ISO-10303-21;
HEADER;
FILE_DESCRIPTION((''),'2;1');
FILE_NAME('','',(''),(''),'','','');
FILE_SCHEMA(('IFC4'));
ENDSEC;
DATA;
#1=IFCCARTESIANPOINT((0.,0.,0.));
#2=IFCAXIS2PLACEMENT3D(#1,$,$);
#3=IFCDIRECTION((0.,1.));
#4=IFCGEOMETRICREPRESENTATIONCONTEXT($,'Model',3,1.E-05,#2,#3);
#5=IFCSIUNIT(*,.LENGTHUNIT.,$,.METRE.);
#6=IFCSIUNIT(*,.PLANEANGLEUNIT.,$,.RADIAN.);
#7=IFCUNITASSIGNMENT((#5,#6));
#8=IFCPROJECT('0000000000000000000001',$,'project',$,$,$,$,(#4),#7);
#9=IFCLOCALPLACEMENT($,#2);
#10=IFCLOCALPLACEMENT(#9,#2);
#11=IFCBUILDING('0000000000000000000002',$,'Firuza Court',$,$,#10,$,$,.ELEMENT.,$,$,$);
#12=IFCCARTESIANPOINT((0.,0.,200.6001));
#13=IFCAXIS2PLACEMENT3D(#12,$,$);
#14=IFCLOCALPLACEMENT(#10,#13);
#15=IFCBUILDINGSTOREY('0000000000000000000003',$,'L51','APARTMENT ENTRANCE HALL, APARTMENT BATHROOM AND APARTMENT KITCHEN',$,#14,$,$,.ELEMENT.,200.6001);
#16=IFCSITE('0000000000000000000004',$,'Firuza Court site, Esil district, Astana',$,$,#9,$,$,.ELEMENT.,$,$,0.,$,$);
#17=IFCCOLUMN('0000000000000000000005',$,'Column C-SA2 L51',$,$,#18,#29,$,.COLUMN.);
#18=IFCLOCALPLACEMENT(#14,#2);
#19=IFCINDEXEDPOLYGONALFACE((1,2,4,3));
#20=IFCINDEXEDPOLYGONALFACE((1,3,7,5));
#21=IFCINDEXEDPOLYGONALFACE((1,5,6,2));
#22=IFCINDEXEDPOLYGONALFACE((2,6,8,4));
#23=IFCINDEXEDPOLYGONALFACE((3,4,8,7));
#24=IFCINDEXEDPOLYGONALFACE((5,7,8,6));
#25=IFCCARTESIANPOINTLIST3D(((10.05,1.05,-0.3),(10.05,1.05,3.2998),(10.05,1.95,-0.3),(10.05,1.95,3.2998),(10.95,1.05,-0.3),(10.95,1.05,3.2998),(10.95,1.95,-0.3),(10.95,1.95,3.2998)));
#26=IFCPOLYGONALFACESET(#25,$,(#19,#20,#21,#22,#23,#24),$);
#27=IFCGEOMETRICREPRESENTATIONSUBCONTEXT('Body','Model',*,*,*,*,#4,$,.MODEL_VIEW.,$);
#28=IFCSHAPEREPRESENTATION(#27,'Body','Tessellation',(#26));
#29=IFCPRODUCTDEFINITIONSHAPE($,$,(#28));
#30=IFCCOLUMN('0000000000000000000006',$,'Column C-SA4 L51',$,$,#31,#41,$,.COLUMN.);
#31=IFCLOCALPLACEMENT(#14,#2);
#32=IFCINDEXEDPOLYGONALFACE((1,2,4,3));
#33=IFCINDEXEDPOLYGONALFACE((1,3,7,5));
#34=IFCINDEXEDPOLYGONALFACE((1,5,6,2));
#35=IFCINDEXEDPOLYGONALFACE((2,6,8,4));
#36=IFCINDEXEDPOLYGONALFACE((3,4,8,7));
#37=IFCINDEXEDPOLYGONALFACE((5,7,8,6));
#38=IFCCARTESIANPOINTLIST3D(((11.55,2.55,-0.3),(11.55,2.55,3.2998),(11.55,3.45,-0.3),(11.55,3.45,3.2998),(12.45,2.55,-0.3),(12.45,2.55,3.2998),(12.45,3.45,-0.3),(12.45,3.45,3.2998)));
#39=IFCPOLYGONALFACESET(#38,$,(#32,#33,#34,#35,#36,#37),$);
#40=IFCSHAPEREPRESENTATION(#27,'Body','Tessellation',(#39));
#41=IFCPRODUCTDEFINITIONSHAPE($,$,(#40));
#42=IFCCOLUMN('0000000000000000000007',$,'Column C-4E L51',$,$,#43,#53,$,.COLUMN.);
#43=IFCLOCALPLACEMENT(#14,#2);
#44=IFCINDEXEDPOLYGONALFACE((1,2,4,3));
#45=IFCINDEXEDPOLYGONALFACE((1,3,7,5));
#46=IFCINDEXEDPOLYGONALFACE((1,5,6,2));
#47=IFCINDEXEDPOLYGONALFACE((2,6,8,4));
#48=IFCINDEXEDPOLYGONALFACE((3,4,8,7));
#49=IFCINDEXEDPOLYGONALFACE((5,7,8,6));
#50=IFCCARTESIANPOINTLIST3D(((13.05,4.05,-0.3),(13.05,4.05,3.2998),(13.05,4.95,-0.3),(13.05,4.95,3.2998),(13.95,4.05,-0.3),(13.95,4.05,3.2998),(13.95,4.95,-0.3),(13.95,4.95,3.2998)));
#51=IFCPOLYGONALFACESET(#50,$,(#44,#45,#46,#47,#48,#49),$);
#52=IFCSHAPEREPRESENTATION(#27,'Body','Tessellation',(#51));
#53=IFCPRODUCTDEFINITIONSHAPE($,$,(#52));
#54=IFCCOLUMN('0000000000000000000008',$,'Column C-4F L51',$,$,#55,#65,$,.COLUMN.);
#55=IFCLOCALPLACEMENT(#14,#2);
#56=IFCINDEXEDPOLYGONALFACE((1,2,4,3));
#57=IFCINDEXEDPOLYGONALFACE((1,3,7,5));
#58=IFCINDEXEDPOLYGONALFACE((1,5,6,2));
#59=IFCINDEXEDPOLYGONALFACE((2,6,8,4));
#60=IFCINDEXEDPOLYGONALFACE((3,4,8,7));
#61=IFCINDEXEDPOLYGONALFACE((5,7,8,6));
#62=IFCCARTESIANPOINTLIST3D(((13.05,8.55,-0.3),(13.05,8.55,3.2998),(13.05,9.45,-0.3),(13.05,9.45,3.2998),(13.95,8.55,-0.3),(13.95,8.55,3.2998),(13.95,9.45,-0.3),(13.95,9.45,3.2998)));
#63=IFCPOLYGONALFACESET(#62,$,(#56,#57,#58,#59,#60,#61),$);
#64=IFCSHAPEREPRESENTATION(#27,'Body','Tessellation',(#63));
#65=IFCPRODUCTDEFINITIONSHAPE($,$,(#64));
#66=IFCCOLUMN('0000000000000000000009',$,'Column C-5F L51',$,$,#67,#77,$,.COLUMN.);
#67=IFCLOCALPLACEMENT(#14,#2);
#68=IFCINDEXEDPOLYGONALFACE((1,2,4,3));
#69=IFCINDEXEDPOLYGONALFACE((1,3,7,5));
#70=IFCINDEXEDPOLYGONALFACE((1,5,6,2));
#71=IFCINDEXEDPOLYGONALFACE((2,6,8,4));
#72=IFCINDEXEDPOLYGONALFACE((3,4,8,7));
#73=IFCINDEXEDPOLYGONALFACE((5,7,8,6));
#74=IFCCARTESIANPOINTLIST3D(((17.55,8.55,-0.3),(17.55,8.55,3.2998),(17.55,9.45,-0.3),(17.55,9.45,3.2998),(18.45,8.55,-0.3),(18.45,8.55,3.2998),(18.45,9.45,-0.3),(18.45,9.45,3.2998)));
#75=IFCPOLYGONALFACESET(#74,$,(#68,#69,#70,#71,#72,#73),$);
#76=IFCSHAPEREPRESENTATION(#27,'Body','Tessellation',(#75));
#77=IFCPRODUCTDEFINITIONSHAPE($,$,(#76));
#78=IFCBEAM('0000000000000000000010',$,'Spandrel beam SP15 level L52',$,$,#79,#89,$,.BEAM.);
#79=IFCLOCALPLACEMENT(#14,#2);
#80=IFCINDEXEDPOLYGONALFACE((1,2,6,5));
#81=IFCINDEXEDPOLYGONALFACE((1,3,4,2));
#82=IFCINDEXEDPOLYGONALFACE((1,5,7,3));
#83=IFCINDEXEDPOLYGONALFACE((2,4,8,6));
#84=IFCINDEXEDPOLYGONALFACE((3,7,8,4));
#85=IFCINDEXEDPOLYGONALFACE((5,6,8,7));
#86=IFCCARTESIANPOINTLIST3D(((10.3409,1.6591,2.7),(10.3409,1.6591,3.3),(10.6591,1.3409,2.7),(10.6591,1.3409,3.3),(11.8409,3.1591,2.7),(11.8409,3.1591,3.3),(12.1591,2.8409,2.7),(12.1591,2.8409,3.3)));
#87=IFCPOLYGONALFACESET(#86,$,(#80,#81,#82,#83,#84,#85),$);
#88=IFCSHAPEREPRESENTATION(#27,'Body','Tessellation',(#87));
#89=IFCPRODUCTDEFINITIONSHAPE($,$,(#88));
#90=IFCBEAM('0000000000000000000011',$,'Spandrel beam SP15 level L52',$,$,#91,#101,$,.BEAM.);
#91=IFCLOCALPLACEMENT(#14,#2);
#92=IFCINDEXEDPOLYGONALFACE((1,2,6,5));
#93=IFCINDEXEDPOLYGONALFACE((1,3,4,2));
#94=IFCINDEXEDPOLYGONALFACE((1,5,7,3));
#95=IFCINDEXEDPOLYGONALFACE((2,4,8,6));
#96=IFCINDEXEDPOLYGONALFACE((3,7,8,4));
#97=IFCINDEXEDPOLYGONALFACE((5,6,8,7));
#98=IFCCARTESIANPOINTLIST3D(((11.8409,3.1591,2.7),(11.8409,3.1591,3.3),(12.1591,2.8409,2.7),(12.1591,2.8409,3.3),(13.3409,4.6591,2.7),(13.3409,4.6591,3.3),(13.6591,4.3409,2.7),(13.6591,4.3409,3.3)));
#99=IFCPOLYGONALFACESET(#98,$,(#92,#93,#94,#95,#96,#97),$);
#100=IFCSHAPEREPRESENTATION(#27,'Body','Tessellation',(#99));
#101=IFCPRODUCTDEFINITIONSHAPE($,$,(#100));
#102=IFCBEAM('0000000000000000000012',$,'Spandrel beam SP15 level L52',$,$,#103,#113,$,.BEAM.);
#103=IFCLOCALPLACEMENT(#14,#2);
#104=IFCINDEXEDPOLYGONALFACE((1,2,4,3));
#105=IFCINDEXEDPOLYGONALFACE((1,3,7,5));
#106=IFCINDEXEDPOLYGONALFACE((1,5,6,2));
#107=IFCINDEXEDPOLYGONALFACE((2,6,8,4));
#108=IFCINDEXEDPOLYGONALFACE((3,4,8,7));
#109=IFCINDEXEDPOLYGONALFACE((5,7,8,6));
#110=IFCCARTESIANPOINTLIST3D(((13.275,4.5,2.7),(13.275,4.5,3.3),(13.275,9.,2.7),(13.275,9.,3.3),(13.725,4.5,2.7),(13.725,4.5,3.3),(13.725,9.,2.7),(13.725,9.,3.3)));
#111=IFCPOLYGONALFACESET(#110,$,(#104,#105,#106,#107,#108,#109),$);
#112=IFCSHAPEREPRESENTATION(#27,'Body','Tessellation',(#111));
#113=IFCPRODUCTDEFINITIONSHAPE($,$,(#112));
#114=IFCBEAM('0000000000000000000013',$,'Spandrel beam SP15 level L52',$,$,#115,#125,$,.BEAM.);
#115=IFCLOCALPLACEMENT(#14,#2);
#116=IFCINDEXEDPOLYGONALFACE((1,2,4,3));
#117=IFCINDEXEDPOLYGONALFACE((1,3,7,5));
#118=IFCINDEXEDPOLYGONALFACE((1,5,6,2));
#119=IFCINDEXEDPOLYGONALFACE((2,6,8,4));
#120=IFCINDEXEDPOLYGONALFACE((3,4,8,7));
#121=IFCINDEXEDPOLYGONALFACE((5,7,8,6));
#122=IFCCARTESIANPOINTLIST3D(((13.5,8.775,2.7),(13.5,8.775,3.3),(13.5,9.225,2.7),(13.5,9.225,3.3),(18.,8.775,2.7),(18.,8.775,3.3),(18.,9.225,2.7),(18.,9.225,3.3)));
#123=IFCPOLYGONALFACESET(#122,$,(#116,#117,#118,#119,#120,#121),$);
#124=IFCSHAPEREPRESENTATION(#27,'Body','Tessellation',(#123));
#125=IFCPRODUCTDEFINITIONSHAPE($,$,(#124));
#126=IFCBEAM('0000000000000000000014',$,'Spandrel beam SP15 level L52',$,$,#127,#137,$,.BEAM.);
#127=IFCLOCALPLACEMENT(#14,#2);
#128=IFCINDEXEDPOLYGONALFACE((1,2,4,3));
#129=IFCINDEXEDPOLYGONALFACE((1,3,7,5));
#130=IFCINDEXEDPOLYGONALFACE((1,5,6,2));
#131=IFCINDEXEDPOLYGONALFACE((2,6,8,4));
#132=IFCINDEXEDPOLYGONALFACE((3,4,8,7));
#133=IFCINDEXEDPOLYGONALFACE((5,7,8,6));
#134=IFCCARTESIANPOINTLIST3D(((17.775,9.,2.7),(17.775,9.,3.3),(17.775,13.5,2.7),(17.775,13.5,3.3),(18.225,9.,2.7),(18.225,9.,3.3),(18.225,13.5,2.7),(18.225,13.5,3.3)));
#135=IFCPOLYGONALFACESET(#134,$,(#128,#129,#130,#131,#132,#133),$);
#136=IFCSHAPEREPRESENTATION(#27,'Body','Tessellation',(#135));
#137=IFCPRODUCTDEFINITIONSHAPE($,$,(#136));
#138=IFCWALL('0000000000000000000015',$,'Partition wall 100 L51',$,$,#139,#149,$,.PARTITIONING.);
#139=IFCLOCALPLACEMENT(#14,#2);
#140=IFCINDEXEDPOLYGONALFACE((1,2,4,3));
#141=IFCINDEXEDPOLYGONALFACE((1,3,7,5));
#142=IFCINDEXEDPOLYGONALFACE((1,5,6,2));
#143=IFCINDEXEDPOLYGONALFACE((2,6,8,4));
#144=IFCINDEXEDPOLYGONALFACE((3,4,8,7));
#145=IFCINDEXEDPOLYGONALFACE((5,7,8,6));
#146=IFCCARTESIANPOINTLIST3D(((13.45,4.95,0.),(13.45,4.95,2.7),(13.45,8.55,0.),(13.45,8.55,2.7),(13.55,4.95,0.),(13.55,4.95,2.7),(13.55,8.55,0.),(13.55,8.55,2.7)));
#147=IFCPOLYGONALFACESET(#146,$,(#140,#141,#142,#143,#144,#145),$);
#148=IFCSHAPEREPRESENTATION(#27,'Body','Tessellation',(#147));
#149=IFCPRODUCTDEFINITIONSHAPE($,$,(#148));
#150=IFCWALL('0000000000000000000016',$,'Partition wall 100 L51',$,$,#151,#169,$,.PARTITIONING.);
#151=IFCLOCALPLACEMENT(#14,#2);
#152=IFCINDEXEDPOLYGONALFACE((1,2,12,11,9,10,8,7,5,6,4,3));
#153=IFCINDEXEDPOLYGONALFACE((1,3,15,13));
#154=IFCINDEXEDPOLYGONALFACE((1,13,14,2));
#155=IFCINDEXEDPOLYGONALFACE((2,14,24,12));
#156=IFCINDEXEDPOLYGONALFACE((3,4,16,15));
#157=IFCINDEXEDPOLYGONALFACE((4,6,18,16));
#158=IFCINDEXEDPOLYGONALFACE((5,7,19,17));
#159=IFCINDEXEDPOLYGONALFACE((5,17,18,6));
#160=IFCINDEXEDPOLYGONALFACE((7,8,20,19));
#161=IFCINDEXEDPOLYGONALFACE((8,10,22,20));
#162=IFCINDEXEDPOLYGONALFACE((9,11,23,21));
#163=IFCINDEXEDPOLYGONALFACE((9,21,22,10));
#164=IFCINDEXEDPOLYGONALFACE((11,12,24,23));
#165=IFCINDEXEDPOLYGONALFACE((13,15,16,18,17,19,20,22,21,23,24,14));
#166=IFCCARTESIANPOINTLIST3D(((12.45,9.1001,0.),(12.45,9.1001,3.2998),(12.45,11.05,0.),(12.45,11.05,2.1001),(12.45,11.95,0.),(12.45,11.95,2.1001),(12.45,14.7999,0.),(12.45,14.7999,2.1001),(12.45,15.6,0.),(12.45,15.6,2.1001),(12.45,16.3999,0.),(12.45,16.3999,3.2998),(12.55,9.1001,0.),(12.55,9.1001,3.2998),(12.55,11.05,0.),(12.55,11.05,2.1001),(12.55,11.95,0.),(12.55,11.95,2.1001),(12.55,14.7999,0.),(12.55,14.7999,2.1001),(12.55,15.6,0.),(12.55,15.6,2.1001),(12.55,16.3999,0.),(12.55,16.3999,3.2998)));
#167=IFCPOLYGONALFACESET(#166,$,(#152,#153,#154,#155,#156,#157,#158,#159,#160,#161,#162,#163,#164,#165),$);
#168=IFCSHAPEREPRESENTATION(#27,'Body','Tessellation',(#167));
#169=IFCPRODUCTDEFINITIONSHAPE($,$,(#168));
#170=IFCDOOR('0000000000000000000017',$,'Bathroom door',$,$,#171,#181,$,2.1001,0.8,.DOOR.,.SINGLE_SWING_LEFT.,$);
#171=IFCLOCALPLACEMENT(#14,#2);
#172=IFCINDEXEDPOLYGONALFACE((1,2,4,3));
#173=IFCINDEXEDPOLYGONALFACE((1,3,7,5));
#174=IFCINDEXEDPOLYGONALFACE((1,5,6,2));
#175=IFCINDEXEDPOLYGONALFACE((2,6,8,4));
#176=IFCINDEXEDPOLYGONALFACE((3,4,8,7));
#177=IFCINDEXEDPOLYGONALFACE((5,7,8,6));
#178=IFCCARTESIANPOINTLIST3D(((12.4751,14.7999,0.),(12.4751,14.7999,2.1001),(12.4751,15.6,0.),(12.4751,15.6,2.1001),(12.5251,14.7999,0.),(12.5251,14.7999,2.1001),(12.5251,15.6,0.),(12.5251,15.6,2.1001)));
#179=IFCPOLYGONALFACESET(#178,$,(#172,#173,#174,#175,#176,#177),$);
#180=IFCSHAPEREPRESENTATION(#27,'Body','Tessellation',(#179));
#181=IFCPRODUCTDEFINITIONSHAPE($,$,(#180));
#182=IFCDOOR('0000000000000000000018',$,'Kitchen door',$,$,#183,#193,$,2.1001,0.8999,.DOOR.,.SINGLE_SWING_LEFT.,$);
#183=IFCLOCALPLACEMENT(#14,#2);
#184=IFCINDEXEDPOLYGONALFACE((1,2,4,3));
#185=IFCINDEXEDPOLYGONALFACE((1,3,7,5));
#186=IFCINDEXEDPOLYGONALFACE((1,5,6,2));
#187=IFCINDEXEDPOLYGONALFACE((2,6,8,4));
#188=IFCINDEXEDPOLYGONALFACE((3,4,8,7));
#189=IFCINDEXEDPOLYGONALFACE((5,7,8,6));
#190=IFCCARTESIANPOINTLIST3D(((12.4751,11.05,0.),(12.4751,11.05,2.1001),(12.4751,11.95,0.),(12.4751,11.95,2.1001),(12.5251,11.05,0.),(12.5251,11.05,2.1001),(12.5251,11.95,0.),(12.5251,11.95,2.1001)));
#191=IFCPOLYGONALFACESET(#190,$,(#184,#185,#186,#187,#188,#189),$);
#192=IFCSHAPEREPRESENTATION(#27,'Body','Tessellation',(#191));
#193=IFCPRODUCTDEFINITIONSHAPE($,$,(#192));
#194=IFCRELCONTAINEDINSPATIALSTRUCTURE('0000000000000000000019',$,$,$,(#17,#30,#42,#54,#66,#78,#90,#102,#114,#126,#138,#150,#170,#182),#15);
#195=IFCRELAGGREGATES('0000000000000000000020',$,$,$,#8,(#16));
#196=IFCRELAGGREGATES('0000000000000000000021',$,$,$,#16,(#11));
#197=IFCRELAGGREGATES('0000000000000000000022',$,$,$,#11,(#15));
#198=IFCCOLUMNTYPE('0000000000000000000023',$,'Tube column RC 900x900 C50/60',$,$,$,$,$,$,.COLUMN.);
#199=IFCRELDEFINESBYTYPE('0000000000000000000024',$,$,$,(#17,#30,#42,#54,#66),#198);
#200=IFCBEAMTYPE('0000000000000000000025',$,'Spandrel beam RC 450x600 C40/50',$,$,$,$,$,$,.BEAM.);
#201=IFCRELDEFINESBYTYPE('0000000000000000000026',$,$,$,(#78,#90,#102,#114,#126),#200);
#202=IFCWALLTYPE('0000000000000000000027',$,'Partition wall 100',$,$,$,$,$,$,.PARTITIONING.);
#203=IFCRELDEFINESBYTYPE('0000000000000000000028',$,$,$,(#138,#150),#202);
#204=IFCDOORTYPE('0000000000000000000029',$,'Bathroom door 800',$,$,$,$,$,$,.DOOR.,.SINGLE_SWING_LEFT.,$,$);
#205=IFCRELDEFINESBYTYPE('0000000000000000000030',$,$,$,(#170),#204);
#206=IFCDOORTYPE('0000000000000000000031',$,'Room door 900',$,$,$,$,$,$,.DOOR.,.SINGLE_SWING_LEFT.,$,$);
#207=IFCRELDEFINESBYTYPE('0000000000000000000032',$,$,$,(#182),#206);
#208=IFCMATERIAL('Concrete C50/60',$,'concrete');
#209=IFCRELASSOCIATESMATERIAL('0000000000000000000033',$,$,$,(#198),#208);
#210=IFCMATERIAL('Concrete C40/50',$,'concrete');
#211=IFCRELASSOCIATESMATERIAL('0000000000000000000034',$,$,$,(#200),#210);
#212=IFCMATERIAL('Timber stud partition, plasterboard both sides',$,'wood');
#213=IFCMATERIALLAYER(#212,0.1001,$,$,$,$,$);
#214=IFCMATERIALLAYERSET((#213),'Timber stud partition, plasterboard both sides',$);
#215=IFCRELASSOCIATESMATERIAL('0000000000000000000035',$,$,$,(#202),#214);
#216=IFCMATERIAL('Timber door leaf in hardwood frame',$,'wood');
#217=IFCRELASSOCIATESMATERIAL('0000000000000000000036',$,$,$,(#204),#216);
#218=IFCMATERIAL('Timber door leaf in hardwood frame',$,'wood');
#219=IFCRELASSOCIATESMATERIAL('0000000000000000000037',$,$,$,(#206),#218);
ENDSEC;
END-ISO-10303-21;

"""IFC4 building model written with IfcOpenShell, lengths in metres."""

from ifc_helpers import new_model, si_unit, direction, frame, frame_2d, origin, origin_2d, place, context, subcontext, project, spatial, rectangle, extrude, material, layer, layer_set, material_profile, profile_set, type_object, element, fill, save


model = new_model("IFC4")

# Units and contexts
model_context = context("Model", 3, precision=1e-05, world=origin(), true_north=direction((0.0, 1.0)))
body_context = subcontext(model_context, "Body", "Model", "MODEL_VIEW")
ifc_project = project(units=[si_unit("LENGTHUNIT", "METRE"), si_unit("PLANEANGLEUNIT", "RADIAN")], contexts=[model_context])

# Site, building, storey
site_placement = place(None, origin())
site = spatial("IfcSite", under=ifc_project, at=site_placement, Name="Firuza Court site, Esil district, Astana", CompositionType="ELEMENT", RefElevation=0.0)
building_placement = place(site_placement, origin())
building = spatial("IfcBuilding", under=site, at=building_placement, Name="Firuza Court", CompositionType="ELEMENT")
storey_placement = place(building_placement, frame((0.0, 0.0, 200.6001)))
storey = spatial("IfcBuildingStorey", under=building, at=storey_placement, Name="L51", Description="APARTMENT ENTRANCE HALL, APARTMENT BATHROOM AND APARTMENT KITCHEN", CompositionType="ELEMENT", Elevation=200.6001)

# Columns
ifc_material_1 = material(Name="Concrete C50/60", Category="concrete")
ifc_material_profile_1 = material_profile(ifc_material_1, rectangle(XDim=0.8999, YDim=0.8999, at=origin_2d()), Name="RC 900x900")
ifc_profile_set_1 = profile_set([ifc_material_profile_1], Name="Concrete C50/60")
column_type = type_object("IfcColumnType", Name="Tube column RC 900x900 C50/60", PredefinedType="COLUMN", material=ifc_profile_set_1)
for number, where, z_axis, x_axis, name in (
    (1, (10.5, 1.5, -0.3), (0.0, 0.0, 1.0), (1.0, 0.0, 0.0), "Column C-SA2 L51"),
    (2, (12.0, 3.0, -0.3), (0.0, 0.0, 1.0), (1.0, 0.0, 0.0), "Column C-SA4 L51"),
    (3, (13.5, 4.5, -0.3), (0.0, 0.0, 1.0), (1.0, 0.0, 0.0), "Column C-4E L51"),
    (4, (13.5, 9.0, -0.3), (0.0, 0.0, 1.0), (1.0, 0.0, 0.0), "Column C-4F L51"),
    (5, (18.0, 9.0, -0.3), (0.0, 0.0, 1.0), (1.0, 0.0, 0.0), "Column C-5F L51"),
):
    element("IfcColumn", number, at=place(storey_placement, frame(where, z_axis=z_axis, x_axis=x_axis)), inside=storey, type_object=column_type, Name=name, PredefinedType="COLUMN", context=body_context, shape_type="SweptSolid", body=[
        extrude(rectangle(XDim=0.8999, YDim=0.8999, at=origin_2d()), origin(), (0.0, 0.0, 1.0), 3.5999),
    ])

# Beams
ifc_material_2 = material(Name="Concrete C40/50", Category="concrete")
ifc_material_profile_2 = material_profile(ifc_material_2, rectangle(XDim=0.45, YDim=0.6001, at=origin_2d()), Name="RC 450x600")
ifc_profile_set_2 = profile_set([ifc_material_profile_2], Name="Concrete C40/50")
beam_type = type_object("IfcBeamType", Name="Spandrel beam RC 450x600 C40/50", PredefinedType="BEAM", material=ifc_profile_set_2)
for number, where, z_axis, x_axis, name in (
    (6, (10.5, 1.5, 3.0), (0.707107, 0.707107, 0.0), (-0.707107, 0.707107, 0.0), "Spandrel beam SP15 level L52"),
    (7, (12.0, 3.0, 3.0), (0.707107, 0.707107, 0.0), (-0.707107, 0.707107, 0.0), "Spandrel beam SP15 level L52"),
):
    element("IfcBeam", number, at=place(storey_placement, frame(where, z_axis=z_axis, x_axis=x_axis)), inside=storey, type_object=beam_type, Name=name, PredefinedType="BEAM", context=body_context, shape_type="SweptSolid", body=[
        extrude(rectangle(XDim=0.45, YDim=0.6001, at=origin_2d()), origin(), (0.0, 0.0, 1.0), 2.1213),
    ])
for number, where, z_axis, x_axis, name in (
    (8, (13.5, 4.5, 3.0), (0.0, 1.0, 0.0), (-1.0, 0.0, 0.0), "Spandrel beam SP15 level L52"),
    (9, (13.5, 9.0, 3.0), (1.0, 0.0, 0.0), (0.0, 1.0, 0.0), "Spandrel beam SP15 level L52"),
    (10, (18.0, 9.0, 3.0), (0.0, 1.0, 0.0), (-1.0, 0.0, 0.0), "Spandrel beam SP15 level L52"),
):
    element("IfcBeam", number, at=place(storey_placement, frame(where, z_axis=z_axis, x_axis=x_axis)), inside=storey, type_object=beam_type, Name=name, PredefinedType="BEAM", context=body_context, shape_type="SweptSolid", body=[
        extrude(rectangle(XDim=0.45, YDim=0.6001, at=origin_2d()), origin(), (0.0, 0.0, 1.0), 4.5),
    ])

# Wall
ifc_material_3 = material(Name="Timber stud partition, plasterboard both sides", Category="wood")
ifc_layer_1 = layer(ifc_material_3, 0.1001)
ifc_layer_set_1 = layer_set([ifc_layer_1], Name="Timber stud partition, plasterboard both sides")
wall_type_1 = type_object("IfcWallType", Name="Partition wall 100", PredefinedType="PARTITIONING", material=ifc_layer_set_1)
wall_1_placement = place(storey_placement, frame((13.5, 4.95, 0.0), z_axis=(0.0, 0.0, 1.0), x_axis=(0.0, 1.0, 0.0)))
element("IfcWall", 11, at=wall_1_placement, inside=storey, type_object=wall_type_1, Name="Partition wall 100 L51", PredefinedType="PARTITIONING", context=body_context, shape_type="SweptSolid", body=[
    extrude(rectangle(XDim=3.6001, YDim=0.1001, at=frame_2d((1.8, 0.0))), origin(), (0.0, 0.0, 1.0), 2.7),
])

# Wall, openings, doors
wall_2_placement = place(storey_placement, frame((12.5, 9.1001, 0.0), z_axis=(0.0, 0.0, 1.0), x_axis=(0.0, 1.0, 0.0)))
wall_2 = element("IfcWall", 12, at=wall_2_placement, inside=storey, type_object=wall_type_1, Name="Partition wall 100 L51", PredefinedType="PARTITIONING", context=body_context, shape_type="SweptSolid", body=[
    extrude(rectangle(XDim=7.2998, YDim=0.1001, at=frame_2d((3.6499, 0.0))), origin(), (0.0, 0.0, 1.0), 3.2998),
])
opening_1_placement = place(wall_2_placement, frame((5.7, 0.0, 0.0)))
opening_1 = element("IfcOpeningElement", 13, at=opening_1_placement, cuts=wall_2, PredefinedType="OPENING", context=body_context, shape_type="SweptSolid", body=[
    extrude(rectangle(XDim=0.8, YDim=2.1001, at=frame_2d((0.3999, 1.05))), frame((0.0, 0.062, 0.0), z_axis=(0.0, -1.0, 0.0), x_axis=(1.0, 0.0, 0.0)), (0.0, 0.0, 1.0), 0.124),
])
opening_2_placement = place(wall_2_placement, frame((1.95, 0.0, 0.0)))
opening_2 = element("IfcOpeningElement", 14, at=opening_2_placement, cuts=wall_2, PredefinedType="OPENING", context=body_context, shape_type="SweptSolid", body=[
    extrude(rectangle(XDim=0.8999, YDim=2.1001, at=frame_2d((0.45, 1.05))), frame((0.0, 0.062, 0.0), z_axis=(0.0, -1.0, 0.0), x_axis=(1.0, 0.0, 0.0)), (0.0, 0.0, 1.0), 0.124),
])
ifc_material_4 = material(Name="Timber door leaf in hardwood frame", Category="wood")
door_type_1 = type_object("IfcDoorType", Name="Bathroom door 800", OperationType="SINGLE_SWING_LEFT", PredefinedType="DOOR", material=ifc_material_4)
door_1_placement = place(opening_1_placement, origin())
door_1 = element("IfcDoor", 15, at=door_1_placement, inside=storey, type_object=door_type_1, Name="Bathroom door", OperationType="SINGLE_SWING_LEFT", OverallHeight=2.1001, OverallWidth=0.8, PredefinedType="DOOR", context=body_context, shape_type="SweptSolid", body=[
    extrude(rectangle(XDim=0.8, YDim=2.1001, at=frame_2d((0.3999, 1.05))), frame((0.0, 0.0249, 0.0), z_axis=(0.0, -1.0, 0.0), x_axis=(1.0, 0.0, 0.0)), (0.0, 0.0, 1.0), 0.05),
])
fill(opening_1, door_1)
ifc_material_5 = material(Name="Timber door leaf in hardwood frame", Category="wood")
door_type_2 = type_object("IfcDoorType", Name="Room door 900", OperationType="SINGLE_SWING_LEFT", PredefinedType="DOOR", material=ifc_material_5)
door_2_placement = place(opening_2_placement, origin())
door_2 = element("IfcDoor", 16, at=door_2_placement, inside=storey, type_object=door_type_2, Name="Kitchen door", OperationType="SINGLE_SWING_LEFT", OverallHeight=2.1001, OverallWidth=0.8999, PredefinedType="DOOR", context=body_context, shape_type="SweptSolid", body=[
    extrude(rectangle(XDim=0.8999, YDim=2.1001, at=frame_2d((0.45, 1.05))), frame((0.0, 0.0249, 0.0), z_axis=(0.0, -1.0, 0.0), x_axis=(1.0, 0.0, 0.0)), (0.0, 0.0, 1.0), 0.05),
])
fill(opening_2, door_2)

save(model, "model.ifc")
